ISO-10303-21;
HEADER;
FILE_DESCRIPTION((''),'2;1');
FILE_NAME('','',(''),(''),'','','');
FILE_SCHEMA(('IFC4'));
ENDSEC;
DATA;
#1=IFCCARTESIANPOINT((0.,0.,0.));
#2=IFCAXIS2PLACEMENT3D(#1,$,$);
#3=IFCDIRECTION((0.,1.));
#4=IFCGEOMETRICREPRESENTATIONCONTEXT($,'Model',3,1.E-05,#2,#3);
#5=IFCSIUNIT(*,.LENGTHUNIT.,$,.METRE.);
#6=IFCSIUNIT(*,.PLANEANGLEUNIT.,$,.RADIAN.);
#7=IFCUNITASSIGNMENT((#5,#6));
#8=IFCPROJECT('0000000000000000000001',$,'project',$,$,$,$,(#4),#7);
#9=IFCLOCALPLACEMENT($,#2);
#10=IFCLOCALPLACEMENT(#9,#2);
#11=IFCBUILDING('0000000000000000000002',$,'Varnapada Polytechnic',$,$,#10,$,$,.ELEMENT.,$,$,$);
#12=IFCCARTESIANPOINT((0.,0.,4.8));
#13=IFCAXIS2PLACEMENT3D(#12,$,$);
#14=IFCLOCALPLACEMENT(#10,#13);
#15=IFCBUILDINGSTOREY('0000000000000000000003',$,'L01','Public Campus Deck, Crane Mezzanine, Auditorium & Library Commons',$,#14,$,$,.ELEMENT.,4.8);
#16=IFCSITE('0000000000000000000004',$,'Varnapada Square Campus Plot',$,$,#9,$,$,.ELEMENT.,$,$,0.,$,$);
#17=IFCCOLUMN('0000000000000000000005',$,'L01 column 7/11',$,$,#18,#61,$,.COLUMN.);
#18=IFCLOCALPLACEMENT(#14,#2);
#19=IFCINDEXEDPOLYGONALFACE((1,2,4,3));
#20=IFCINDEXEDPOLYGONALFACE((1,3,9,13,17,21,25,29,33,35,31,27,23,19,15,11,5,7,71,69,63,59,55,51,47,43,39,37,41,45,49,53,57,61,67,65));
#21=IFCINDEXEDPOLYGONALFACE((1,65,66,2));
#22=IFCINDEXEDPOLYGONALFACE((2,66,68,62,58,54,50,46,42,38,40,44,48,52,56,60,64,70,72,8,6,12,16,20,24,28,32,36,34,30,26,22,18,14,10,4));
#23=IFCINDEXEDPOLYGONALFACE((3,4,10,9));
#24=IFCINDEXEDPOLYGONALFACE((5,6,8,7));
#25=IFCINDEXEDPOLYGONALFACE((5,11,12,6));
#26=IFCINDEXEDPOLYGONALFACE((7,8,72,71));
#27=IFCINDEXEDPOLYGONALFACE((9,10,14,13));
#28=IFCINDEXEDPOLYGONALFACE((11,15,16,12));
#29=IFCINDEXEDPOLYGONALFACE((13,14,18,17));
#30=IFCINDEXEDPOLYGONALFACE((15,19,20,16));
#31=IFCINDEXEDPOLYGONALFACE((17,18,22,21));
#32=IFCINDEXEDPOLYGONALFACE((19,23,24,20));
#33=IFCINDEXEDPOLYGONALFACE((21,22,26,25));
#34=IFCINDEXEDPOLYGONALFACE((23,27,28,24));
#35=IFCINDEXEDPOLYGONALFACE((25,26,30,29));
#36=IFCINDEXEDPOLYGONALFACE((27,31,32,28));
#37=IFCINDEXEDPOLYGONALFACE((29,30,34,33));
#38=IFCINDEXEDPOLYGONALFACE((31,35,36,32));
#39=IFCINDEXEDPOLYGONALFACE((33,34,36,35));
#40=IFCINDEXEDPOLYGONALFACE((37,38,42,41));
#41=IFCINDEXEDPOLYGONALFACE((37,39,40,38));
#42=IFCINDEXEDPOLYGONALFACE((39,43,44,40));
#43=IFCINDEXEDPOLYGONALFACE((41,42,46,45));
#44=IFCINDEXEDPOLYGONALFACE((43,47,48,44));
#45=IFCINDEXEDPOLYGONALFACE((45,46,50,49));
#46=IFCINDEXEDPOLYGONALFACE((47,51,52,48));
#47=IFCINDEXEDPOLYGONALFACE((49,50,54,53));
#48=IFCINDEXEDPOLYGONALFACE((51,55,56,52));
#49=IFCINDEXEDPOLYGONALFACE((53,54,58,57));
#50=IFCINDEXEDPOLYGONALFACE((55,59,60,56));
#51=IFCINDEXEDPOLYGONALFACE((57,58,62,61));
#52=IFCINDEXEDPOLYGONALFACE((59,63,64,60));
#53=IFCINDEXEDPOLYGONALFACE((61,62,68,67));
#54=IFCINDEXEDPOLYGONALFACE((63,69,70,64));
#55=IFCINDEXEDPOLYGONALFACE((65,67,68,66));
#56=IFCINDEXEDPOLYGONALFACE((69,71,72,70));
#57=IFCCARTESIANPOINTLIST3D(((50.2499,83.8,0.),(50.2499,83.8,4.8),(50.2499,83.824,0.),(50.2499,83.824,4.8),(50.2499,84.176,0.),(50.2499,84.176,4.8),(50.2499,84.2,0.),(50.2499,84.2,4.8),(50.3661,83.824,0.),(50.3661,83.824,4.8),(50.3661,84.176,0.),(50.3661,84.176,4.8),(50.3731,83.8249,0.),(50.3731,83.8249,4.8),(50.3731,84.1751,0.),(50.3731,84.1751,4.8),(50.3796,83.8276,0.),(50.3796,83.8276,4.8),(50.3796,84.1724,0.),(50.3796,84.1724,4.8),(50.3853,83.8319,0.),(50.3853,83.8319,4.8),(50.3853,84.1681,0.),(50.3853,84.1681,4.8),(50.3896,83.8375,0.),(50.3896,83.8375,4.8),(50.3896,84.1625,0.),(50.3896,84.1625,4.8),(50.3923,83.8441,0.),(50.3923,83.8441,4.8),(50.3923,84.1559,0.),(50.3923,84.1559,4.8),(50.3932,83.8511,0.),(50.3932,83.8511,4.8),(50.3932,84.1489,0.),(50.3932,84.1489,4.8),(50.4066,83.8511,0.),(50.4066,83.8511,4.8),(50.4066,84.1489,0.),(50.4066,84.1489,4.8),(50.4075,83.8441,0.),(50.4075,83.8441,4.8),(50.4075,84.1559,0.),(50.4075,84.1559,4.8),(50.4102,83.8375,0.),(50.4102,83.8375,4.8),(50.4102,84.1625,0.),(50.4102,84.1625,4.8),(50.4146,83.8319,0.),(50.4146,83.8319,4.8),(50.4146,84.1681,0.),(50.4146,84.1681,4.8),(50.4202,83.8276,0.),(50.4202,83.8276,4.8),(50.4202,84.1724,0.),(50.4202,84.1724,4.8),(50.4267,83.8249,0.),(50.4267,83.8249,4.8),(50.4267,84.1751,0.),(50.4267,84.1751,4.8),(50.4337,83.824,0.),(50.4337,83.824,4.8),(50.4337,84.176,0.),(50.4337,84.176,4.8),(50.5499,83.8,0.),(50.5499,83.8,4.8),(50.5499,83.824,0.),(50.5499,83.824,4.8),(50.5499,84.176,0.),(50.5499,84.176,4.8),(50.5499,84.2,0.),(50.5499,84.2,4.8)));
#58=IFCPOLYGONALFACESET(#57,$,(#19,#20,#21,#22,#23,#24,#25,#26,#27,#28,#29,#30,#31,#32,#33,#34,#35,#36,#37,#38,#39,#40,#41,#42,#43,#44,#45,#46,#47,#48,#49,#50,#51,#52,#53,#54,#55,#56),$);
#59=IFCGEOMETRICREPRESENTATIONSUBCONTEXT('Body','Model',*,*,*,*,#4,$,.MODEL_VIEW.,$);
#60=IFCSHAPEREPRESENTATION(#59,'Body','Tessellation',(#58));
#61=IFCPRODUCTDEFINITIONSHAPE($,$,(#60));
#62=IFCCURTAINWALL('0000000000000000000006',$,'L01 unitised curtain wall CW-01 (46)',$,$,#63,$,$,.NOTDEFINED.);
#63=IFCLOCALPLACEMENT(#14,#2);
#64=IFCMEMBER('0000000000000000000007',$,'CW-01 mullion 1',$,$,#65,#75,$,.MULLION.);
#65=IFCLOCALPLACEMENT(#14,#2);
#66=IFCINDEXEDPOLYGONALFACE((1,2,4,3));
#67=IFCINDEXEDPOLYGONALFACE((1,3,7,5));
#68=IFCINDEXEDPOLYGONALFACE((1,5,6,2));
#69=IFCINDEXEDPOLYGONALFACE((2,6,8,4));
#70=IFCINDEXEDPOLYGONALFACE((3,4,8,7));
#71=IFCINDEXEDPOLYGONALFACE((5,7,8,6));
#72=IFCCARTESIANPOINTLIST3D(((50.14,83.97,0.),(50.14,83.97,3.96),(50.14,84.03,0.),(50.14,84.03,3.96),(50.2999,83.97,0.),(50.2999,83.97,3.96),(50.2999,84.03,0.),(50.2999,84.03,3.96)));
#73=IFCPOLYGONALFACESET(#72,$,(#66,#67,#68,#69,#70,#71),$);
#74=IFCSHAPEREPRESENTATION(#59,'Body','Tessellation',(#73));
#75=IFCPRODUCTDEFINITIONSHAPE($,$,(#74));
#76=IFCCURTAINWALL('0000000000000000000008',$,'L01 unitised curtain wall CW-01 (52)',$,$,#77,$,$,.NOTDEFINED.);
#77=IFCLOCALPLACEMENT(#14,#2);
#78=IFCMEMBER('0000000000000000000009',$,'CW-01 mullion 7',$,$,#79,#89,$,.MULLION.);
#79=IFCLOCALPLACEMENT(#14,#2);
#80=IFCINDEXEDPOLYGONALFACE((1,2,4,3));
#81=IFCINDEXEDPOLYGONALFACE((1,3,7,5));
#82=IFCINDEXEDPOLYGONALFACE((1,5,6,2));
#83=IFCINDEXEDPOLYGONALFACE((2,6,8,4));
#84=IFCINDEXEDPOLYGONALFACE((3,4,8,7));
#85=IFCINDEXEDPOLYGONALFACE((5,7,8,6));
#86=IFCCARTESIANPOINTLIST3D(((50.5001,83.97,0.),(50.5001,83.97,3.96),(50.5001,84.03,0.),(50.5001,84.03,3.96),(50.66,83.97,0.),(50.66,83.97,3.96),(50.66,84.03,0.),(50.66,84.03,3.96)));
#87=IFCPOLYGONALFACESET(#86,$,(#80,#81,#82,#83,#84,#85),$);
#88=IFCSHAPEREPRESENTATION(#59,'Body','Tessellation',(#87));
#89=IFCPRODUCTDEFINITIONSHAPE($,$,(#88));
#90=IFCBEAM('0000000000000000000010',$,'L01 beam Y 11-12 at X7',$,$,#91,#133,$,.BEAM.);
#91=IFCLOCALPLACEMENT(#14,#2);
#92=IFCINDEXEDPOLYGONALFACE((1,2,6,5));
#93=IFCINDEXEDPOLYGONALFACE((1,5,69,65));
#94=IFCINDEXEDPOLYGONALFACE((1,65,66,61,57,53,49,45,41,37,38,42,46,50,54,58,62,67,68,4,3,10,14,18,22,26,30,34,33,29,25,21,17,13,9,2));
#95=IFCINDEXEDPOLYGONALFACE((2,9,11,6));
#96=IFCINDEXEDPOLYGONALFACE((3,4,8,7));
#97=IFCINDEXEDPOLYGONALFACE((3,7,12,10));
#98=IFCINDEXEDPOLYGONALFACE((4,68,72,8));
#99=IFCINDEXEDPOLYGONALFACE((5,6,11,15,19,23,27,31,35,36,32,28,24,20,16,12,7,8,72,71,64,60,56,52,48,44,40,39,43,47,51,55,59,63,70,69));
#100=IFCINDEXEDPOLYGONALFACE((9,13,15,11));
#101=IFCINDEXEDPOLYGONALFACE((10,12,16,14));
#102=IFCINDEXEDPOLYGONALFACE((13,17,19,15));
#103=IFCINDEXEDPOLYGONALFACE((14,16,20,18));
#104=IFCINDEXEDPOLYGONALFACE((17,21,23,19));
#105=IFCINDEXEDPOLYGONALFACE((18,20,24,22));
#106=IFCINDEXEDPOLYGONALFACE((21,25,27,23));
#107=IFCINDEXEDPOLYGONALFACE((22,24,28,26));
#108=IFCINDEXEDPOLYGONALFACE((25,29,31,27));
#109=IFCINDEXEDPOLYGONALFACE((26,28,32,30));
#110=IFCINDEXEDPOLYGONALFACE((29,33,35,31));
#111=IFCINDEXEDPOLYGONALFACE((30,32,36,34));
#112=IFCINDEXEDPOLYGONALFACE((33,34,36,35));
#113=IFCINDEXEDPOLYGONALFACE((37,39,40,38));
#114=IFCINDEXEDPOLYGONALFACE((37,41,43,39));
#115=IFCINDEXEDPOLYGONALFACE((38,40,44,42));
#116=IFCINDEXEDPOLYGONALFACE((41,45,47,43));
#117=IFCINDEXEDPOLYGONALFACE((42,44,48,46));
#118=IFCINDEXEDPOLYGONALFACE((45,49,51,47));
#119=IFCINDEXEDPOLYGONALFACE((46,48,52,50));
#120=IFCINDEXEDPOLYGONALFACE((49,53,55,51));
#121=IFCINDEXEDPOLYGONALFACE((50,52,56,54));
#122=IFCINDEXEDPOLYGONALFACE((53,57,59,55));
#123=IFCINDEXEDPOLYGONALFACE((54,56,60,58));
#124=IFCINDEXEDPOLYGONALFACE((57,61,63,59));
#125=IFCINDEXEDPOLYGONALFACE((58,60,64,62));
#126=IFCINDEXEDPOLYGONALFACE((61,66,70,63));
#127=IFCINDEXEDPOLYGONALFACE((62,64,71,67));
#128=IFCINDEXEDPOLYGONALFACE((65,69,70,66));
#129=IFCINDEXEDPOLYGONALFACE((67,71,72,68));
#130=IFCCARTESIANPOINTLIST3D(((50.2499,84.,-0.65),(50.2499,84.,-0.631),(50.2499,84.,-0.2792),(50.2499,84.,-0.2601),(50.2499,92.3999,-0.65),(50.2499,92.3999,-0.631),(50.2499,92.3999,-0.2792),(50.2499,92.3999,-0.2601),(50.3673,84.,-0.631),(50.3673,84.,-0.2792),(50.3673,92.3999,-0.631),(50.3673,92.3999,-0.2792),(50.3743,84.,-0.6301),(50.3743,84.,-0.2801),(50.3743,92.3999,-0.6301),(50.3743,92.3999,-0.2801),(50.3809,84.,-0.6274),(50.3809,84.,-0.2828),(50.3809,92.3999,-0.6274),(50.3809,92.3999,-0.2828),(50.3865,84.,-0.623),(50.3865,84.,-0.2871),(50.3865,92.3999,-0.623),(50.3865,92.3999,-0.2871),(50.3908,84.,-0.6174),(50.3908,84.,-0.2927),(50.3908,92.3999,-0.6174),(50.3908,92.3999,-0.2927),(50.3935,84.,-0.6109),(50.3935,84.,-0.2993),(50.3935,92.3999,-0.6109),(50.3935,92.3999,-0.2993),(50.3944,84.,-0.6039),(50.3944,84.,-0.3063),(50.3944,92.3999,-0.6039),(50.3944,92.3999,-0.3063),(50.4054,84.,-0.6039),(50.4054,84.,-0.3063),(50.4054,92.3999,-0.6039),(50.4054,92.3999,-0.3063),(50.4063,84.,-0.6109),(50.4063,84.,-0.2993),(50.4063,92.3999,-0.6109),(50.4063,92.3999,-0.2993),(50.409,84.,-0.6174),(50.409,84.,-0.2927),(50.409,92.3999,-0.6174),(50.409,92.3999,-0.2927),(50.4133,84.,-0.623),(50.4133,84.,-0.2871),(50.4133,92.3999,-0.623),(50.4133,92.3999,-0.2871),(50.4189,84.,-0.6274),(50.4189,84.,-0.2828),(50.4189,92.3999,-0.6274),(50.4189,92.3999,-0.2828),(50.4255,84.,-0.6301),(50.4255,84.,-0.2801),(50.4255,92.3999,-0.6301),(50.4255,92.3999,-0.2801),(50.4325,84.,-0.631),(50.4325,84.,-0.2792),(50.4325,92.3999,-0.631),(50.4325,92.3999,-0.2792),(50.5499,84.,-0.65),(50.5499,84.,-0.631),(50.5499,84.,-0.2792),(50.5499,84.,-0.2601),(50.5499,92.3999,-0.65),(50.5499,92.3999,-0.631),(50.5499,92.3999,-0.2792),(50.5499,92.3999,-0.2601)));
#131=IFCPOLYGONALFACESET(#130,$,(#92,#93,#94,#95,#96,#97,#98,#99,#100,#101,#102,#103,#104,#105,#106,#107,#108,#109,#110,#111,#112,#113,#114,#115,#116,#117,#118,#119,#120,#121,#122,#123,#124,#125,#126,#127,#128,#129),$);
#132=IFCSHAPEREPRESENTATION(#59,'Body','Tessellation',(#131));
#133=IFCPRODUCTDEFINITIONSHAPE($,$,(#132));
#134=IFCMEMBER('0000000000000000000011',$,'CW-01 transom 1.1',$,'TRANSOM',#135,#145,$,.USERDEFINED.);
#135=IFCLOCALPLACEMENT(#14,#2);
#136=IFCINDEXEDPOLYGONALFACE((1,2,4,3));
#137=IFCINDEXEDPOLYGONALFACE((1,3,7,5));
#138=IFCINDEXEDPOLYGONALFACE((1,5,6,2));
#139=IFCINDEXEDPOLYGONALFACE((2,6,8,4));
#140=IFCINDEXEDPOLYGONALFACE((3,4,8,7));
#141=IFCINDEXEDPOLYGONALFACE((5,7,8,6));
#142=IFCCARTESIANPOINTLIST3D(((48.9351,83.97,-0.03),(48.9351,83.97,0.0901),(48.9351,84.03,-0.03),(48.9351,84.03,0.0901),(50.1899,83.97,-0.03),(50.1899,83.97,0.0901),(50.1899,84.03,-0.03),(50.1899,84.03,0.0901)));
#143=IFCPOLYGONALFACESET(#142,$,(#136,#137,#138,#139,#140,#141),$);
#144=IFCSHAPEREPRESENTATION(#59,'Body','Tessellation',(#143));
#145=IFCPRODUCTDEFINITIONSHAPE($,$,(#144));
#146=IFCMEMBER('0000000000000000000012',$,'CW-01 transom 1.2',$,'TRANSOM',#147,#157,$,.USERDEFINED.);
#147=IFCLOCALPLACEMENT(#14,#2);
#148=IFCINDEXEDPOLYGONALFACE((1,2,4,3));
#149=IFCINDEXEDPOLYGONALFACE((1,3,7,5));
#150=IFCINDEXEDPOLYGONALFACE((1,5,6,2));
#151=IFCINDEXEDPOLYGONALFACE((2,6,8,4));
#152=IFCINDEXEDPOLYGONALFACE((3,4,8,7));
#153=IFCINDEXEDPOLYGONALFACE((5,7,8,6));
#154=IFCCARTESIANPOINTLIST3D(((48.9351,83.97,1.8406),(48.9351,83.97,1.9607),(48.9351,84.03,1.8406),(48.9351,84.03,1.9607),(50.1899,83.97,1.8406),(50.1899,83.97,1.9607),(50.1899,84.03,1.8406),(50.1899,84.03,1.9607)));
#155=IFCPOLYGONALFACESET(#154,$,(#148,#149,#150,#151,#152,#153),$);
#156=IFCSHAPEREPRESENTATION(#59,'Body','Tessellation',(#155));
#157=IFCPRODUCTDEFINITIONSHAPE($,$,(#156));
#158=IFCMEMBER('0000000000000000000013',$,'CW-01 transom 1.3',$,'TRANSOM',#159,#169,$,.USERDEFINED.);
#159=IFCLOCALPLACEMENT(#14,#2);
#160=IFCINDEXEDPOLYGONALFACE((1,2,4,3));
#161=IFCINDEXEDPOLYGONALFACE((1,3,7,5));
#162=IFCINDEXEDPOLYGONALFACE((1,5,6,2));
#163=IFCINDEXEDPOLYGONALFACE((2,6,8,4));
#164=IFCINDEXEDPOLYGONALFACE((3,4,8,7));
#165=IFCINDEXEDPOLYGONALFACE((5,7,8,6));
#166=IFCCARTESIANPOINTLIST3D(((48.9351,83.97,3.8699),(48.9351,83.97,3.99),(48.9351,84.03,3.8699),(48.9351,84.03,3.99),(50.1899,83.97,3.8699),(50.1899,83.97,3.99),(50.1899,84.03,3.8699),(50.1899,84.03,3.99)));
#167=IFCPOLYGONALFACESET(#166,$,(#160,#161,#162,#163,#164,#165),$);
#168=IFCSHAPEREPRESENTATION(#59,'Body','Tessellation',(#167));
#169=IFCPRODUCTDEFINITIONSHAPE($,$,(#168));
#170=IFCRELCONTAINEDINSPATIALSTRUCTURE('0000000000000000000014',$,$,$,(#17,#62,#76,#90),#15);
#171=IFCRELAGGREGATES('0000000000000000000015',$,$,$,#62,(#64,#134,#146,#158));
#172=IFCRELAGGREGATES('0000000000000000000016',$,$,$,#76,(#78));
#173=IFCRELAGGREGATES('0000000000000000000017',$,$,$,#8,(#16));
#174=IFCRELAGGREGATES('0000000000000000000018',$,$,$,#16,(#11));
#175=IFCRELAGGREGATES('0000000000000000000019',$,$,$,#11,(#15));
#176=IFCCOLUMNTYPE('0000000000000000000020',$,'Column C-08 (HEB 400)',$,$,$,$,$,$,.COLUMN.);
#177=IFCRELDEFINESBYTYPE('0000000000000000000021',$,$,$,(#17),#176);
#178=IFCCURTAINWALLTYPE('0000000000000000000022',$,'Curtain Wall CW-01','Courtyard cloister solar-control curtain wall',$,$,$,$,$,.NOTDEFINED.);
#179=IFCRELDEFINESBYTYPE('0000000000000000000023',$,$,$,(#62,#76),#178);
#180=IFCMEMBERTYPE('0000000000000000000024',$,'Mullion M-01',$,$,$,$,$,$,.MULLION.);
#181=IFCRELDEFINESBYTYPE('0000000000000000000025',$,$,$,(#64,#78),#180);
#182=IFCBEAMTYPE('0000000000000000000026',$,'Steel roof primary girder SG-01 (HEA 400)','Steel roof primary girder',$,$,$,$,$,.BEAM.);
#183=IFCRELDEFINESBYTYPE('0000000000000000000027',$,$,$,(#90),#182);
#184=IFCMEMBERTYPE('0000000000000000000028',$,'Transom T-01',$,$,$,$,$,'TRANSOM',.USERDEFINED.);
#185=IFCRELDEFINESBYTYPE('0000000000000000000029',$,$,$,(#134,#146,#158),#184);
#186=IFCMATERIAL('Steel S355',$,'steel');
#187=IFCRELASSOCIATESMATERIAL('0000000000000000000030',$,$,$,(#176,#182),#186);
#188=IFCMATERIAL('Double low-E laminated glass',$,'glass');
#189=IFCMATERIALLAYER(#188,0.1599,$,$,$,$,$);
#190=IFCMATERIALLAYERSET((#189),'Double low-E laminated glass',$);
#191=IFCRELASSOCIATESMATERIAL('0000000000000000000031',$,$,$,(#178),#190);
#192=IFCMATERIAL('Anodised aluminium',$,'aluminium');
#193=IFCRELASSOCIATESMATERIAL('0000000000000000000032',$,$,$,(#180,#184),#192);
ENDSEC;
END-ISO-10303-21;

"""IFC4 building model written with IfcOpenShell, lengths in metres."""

from ifc_helpers import new_model, si_unit, direction, frame, origin, origin_2d, place, context, subcontext, project, spatial, rectangle, i_section, extrude, material, layer, layer_set, material_profile, profile_set, type_object, element, aggregate, save


model = new_model("IFC4")

# Units and contexts
model_context = context("Model", 3, precision=1e-05, world=origin(), true_north=direction((0.0, 1.0)))
body_context = subcontext(model_context, "Body", "Model", "MODEL_VIEW")
ifc_project = project(units=[si_unit("LENGTHUNIT", "METRE"), si_unit("PLANEANGLEUNIT", "RADIAN")], contexts=[model_context])

# Site, building, storey
site_placement = place(None, origin())
site = spatial("IfcSite", under=ifc_project, at=site_placement, Name="Varnapada Square Campus Plot", CompositionType="ELEMENT", RefElevation=0.0)
building_placement = place(site_placement, origin())
building = spatial("IfcBuilding", under=site, at=building_placement, Name="Varnapada Polytechnic", CompositionType="ELEMENT")
storey_placement = place(building_placement, frame((0.0, 0.0, 4.8)))
storey = spatial("IfcBuildingStorey", under=building, at=storey_placement, Name="L01", Description="Public Campus Deck, Crane Mezzanine, Auditorium & Library Commons", CompositionType="ELEMENT", Elevation=4.8)

# Column
ifc_material_1 = material(Name="Steel S355", Category="steel")
ifc_material_profile_1 = material_profile(ifc_material_1, i_section(OverallWidth=0.3, OverallDepth=0.3999, WebThickness=0.0134, FlangeThickness=0.0239, FilletRadius=0.0271, at=origin_2d()), Name="HEB 400")
ifc_profile_set_1 = profile_set([ifc_material_profile_1], Name="Steel S355")
column_type = type_object("IfcColumnType", Name="Column C-08 (HEB 400)", PredefinedType="COLUMN", material=ifc_profile_set_1)
column_placement = place(storey_placement, frame((50.3999, 84.0, 0.0), z_axis=(0.0, 0.0, 1.0), x_axis=(1.0, 0.0, 0.0)))
element("IfcColumn", 1, at=column_placement, inside=storey, type_object=column_type, Name="L01 column 7/11", PredefinedType="COLUMN", context=body_context, shape_type="SweptSolid", body=[
    extrude(i_section(OverallWidth=0.3, OverallDepth=0.3999, WebThickness=0.0134, FlangeThickness=0.0239, FilletRadius=0.0271, at=origin_2d()), origin(), (0.0, 0.0, 1.0), 4.8),
])

# Curtain walls, members
ifc_material_2 = material(Name="Double low-E laminated glass", Category="glass")
ifc_layer_1 = layer(ifc_material_2, 0.1599)
ifc_layer_set_1 = layer_set([ifc_layer_1], Name="Double low-E laminated glass")
curtain_wall_type = type_object("IfcCurtainWallType", Name="Curtain Wall CW-01", Description="Courtyard cloister solar-control curtain wall", PredefinedType="NOTDEFINED", material=ifc_layer_set_1)
curtain_wall_1_placement = place(storey_placement, origin())
curtain_wall_1 = element("IfcCurtainWall", 2, at=curtain_wall_1_placement, inside=storey, type_object=curtain_wall_type, Name="L01 unitised curtain wall CW-01 (46)", PredefinedType="NOTDEFINED")
ifc_material_3 = material(Name="Anodised aluminium", Category="aluminium")
ifc_material_profile_2 = material_profile(ifc_material_3, rectangle(XDim=0.0601, YDim=0.1599, at=origin_2d()), Name="ALU M60x160")
ifc_profile_set_2 = profile_set([ifc_material_profile_2], Name="Anodised aluminium")
member_type_1 = type_object("IfcMemberType", Name="Mullion M-01", PredefinedType="MULLION", material=ifc_profile_set_2)
member_1_placement = place(storey_placement, frame((50.22, 84.0, 0.0), z_axis=(0.0, 0.0, 1.0), x_axis=(0.0, -1.0, 0.0)))
member_1 = element("IfcMember", 3, at=member_1_placement, type_object=member_type_1, Name="CW-01 mullion 1", PredefinedType="MULLION", context=body_context, shape_type="SweptSolid", body=[
    extrude(rectangle(XDim=0.0601, YDim=0.1599, at=origin_2d()), origin(), (0.0, 0.0, 1.0), 3.96),
])
curtain_wall_2_placement = place(storey_placement, origin())
curtain_wall_2 = element("IfcCurtainWall", 4, at=curtain_wall_2_placement, inside=storey, type_object=curtain_wall_type, Name="L01 unitised curtain wall CW-01 (52)", PredefinedType="NOTDEFINED")
member_2_placement = place(storey_placement, frame((50.5801, 84.0, 0.0), z_axis=(0.0, 0.0, 1.0), x_axis=(0.0, -1.0, 0.0)))
member_2 = element("IfcMember", 5, at=member_2_placement, type_object=member_type_1, Name="CW-01 mullion 7", PredefinedType="MULLION", context=body_context, shape_type="SweptSolid", body=[
    extrude(rectangle(XDim=0.0601, YDim=0.1599, at=origin_2d()), origin(), (0.0, 0.0, 1.0), 3.96),
])

# Beam
ifc_material_profile_3 = material_profile(ifc_material_1, i_section(OverallWidth=0.3, OverallDepth=0.3899, WebThickness=0.011, FlangeThickness=0.019, FilletRadius=0.0271, at=origin_2d()), Name="HEA 400")
ifc_profile_set_3 = profile_set([ifc_material_profile_3], Name="Steel S355")
beam_type_1 = type_object("IfcBeamType", Name="Steel roof primary girder SG-01 (HEA 400)", Description="Steel roof primary girder", PredefinedType="BEAM", material=ifc_profile_set_3)
beam_1_placement = place(storey_placement, frame((50.3999, 84.0, -0.4551), z_axis=(0.0, 1.0, 0.0), x_axis=(-1.0, 0.0, 0.0)))
element("IfcBeam", 6, at=beam_1_placement, inside=storey, type_object=beam_type_1, Name="L01 beam Y 11-12 at X7", PredefinedType="BEAM", context=body_context, shape_type="SweptSolid", body=[
    extrude(i_section(OverallWidth=0.3, OverallDepth=0.3899, WebThickness=0.011, FlangeThickness=0.019, FilletRadius=0.0271, at=origin_2d()), origin(), (0.0, 0.0, 1.0), 8.3999),
])

# Members
ifc_material_profile_4 = material_profile(ifc_material_3, rectangle(XDim=0.0601, YDim=0.1201, at=origin_2d()), Name="ALU T60x120")
ifc_profile_set_4 = profile_set([ifc_material_profile_4], Name="Anodised aluminium")
member_type_2 = type_object("IfcMemberType", Name="Transom T-01", ElementType="TRANSOM", PredefinedType="USERDEFINED", material=ifc_profile_set_4)
member_3_placement = place(storey_placement, frame((50.1899, 84.0, 0.03), z_axis=(-1.0, 0.0, 0.0), x_axis=(0.0, -1.0, 0.0)))
member_3 = element("IfcMember", 7, at=member_3_placement, type_object=member_type_2, Name="CW-01 transom 1.1", ObjectType="TRANSOM", PredefinedType="USERDEFINED", context=body_context, shape_type="SweptSolid", body=[
    extrude(rectangle(XDim=0.0601, YDim=0.1201, at=origin_2d()), origin(), (0.0, 0.0, 1.0), 1.2549),
])
member_4_placement = place(storey_placement, frame((50.1899, 84.0, 1.9006), z_axis=(-1.0, 0.0, 0.0), x_axis=(0.0, -1.0, 0.0)))
member_4 = element("IfcMember", 8, at=member_4_placement, type_object=member_type_2, Name="CW-01 transom 1.2", ObjectType="TRANSOM", PredefinedType="USERDEFINED", context=body_context, shape_type="SweptSolid", body=[
    extrude(rectangle(XDim=0.0601, YDim=0.1201, at=origin_2d()), origin(), (0.0, 0.0, 1.0), 1.2549),
])
member_5_placement = place(storey_placement, frame((50.1899, 84.0, 3.9299), z_axis=(-1.0, 0.0, 0.0), x_axis=(0.0, -1.0, 0.0)))
member_5 = element("IfcMember", 9, at=member_5_placement, type_object=member_type_2, Name="CW-01 transom 1.3", ObjectType="TRANSOM", PredefinedType="USERDEFINED", context=body_context, shape_type="SweptSolid", body=[
    extrude(rectangle(XDim=0.0601, YDim=0.1201, at=origin_2d()), origin(), (0.0, 0.0, 1.0), 1.2549),
])

aggregate(curtain_wall_1, [member_1, member_3, member_4, member_5])
aggregate(curtain_wall_2, [member_2])

save(model, "model.ifc")
